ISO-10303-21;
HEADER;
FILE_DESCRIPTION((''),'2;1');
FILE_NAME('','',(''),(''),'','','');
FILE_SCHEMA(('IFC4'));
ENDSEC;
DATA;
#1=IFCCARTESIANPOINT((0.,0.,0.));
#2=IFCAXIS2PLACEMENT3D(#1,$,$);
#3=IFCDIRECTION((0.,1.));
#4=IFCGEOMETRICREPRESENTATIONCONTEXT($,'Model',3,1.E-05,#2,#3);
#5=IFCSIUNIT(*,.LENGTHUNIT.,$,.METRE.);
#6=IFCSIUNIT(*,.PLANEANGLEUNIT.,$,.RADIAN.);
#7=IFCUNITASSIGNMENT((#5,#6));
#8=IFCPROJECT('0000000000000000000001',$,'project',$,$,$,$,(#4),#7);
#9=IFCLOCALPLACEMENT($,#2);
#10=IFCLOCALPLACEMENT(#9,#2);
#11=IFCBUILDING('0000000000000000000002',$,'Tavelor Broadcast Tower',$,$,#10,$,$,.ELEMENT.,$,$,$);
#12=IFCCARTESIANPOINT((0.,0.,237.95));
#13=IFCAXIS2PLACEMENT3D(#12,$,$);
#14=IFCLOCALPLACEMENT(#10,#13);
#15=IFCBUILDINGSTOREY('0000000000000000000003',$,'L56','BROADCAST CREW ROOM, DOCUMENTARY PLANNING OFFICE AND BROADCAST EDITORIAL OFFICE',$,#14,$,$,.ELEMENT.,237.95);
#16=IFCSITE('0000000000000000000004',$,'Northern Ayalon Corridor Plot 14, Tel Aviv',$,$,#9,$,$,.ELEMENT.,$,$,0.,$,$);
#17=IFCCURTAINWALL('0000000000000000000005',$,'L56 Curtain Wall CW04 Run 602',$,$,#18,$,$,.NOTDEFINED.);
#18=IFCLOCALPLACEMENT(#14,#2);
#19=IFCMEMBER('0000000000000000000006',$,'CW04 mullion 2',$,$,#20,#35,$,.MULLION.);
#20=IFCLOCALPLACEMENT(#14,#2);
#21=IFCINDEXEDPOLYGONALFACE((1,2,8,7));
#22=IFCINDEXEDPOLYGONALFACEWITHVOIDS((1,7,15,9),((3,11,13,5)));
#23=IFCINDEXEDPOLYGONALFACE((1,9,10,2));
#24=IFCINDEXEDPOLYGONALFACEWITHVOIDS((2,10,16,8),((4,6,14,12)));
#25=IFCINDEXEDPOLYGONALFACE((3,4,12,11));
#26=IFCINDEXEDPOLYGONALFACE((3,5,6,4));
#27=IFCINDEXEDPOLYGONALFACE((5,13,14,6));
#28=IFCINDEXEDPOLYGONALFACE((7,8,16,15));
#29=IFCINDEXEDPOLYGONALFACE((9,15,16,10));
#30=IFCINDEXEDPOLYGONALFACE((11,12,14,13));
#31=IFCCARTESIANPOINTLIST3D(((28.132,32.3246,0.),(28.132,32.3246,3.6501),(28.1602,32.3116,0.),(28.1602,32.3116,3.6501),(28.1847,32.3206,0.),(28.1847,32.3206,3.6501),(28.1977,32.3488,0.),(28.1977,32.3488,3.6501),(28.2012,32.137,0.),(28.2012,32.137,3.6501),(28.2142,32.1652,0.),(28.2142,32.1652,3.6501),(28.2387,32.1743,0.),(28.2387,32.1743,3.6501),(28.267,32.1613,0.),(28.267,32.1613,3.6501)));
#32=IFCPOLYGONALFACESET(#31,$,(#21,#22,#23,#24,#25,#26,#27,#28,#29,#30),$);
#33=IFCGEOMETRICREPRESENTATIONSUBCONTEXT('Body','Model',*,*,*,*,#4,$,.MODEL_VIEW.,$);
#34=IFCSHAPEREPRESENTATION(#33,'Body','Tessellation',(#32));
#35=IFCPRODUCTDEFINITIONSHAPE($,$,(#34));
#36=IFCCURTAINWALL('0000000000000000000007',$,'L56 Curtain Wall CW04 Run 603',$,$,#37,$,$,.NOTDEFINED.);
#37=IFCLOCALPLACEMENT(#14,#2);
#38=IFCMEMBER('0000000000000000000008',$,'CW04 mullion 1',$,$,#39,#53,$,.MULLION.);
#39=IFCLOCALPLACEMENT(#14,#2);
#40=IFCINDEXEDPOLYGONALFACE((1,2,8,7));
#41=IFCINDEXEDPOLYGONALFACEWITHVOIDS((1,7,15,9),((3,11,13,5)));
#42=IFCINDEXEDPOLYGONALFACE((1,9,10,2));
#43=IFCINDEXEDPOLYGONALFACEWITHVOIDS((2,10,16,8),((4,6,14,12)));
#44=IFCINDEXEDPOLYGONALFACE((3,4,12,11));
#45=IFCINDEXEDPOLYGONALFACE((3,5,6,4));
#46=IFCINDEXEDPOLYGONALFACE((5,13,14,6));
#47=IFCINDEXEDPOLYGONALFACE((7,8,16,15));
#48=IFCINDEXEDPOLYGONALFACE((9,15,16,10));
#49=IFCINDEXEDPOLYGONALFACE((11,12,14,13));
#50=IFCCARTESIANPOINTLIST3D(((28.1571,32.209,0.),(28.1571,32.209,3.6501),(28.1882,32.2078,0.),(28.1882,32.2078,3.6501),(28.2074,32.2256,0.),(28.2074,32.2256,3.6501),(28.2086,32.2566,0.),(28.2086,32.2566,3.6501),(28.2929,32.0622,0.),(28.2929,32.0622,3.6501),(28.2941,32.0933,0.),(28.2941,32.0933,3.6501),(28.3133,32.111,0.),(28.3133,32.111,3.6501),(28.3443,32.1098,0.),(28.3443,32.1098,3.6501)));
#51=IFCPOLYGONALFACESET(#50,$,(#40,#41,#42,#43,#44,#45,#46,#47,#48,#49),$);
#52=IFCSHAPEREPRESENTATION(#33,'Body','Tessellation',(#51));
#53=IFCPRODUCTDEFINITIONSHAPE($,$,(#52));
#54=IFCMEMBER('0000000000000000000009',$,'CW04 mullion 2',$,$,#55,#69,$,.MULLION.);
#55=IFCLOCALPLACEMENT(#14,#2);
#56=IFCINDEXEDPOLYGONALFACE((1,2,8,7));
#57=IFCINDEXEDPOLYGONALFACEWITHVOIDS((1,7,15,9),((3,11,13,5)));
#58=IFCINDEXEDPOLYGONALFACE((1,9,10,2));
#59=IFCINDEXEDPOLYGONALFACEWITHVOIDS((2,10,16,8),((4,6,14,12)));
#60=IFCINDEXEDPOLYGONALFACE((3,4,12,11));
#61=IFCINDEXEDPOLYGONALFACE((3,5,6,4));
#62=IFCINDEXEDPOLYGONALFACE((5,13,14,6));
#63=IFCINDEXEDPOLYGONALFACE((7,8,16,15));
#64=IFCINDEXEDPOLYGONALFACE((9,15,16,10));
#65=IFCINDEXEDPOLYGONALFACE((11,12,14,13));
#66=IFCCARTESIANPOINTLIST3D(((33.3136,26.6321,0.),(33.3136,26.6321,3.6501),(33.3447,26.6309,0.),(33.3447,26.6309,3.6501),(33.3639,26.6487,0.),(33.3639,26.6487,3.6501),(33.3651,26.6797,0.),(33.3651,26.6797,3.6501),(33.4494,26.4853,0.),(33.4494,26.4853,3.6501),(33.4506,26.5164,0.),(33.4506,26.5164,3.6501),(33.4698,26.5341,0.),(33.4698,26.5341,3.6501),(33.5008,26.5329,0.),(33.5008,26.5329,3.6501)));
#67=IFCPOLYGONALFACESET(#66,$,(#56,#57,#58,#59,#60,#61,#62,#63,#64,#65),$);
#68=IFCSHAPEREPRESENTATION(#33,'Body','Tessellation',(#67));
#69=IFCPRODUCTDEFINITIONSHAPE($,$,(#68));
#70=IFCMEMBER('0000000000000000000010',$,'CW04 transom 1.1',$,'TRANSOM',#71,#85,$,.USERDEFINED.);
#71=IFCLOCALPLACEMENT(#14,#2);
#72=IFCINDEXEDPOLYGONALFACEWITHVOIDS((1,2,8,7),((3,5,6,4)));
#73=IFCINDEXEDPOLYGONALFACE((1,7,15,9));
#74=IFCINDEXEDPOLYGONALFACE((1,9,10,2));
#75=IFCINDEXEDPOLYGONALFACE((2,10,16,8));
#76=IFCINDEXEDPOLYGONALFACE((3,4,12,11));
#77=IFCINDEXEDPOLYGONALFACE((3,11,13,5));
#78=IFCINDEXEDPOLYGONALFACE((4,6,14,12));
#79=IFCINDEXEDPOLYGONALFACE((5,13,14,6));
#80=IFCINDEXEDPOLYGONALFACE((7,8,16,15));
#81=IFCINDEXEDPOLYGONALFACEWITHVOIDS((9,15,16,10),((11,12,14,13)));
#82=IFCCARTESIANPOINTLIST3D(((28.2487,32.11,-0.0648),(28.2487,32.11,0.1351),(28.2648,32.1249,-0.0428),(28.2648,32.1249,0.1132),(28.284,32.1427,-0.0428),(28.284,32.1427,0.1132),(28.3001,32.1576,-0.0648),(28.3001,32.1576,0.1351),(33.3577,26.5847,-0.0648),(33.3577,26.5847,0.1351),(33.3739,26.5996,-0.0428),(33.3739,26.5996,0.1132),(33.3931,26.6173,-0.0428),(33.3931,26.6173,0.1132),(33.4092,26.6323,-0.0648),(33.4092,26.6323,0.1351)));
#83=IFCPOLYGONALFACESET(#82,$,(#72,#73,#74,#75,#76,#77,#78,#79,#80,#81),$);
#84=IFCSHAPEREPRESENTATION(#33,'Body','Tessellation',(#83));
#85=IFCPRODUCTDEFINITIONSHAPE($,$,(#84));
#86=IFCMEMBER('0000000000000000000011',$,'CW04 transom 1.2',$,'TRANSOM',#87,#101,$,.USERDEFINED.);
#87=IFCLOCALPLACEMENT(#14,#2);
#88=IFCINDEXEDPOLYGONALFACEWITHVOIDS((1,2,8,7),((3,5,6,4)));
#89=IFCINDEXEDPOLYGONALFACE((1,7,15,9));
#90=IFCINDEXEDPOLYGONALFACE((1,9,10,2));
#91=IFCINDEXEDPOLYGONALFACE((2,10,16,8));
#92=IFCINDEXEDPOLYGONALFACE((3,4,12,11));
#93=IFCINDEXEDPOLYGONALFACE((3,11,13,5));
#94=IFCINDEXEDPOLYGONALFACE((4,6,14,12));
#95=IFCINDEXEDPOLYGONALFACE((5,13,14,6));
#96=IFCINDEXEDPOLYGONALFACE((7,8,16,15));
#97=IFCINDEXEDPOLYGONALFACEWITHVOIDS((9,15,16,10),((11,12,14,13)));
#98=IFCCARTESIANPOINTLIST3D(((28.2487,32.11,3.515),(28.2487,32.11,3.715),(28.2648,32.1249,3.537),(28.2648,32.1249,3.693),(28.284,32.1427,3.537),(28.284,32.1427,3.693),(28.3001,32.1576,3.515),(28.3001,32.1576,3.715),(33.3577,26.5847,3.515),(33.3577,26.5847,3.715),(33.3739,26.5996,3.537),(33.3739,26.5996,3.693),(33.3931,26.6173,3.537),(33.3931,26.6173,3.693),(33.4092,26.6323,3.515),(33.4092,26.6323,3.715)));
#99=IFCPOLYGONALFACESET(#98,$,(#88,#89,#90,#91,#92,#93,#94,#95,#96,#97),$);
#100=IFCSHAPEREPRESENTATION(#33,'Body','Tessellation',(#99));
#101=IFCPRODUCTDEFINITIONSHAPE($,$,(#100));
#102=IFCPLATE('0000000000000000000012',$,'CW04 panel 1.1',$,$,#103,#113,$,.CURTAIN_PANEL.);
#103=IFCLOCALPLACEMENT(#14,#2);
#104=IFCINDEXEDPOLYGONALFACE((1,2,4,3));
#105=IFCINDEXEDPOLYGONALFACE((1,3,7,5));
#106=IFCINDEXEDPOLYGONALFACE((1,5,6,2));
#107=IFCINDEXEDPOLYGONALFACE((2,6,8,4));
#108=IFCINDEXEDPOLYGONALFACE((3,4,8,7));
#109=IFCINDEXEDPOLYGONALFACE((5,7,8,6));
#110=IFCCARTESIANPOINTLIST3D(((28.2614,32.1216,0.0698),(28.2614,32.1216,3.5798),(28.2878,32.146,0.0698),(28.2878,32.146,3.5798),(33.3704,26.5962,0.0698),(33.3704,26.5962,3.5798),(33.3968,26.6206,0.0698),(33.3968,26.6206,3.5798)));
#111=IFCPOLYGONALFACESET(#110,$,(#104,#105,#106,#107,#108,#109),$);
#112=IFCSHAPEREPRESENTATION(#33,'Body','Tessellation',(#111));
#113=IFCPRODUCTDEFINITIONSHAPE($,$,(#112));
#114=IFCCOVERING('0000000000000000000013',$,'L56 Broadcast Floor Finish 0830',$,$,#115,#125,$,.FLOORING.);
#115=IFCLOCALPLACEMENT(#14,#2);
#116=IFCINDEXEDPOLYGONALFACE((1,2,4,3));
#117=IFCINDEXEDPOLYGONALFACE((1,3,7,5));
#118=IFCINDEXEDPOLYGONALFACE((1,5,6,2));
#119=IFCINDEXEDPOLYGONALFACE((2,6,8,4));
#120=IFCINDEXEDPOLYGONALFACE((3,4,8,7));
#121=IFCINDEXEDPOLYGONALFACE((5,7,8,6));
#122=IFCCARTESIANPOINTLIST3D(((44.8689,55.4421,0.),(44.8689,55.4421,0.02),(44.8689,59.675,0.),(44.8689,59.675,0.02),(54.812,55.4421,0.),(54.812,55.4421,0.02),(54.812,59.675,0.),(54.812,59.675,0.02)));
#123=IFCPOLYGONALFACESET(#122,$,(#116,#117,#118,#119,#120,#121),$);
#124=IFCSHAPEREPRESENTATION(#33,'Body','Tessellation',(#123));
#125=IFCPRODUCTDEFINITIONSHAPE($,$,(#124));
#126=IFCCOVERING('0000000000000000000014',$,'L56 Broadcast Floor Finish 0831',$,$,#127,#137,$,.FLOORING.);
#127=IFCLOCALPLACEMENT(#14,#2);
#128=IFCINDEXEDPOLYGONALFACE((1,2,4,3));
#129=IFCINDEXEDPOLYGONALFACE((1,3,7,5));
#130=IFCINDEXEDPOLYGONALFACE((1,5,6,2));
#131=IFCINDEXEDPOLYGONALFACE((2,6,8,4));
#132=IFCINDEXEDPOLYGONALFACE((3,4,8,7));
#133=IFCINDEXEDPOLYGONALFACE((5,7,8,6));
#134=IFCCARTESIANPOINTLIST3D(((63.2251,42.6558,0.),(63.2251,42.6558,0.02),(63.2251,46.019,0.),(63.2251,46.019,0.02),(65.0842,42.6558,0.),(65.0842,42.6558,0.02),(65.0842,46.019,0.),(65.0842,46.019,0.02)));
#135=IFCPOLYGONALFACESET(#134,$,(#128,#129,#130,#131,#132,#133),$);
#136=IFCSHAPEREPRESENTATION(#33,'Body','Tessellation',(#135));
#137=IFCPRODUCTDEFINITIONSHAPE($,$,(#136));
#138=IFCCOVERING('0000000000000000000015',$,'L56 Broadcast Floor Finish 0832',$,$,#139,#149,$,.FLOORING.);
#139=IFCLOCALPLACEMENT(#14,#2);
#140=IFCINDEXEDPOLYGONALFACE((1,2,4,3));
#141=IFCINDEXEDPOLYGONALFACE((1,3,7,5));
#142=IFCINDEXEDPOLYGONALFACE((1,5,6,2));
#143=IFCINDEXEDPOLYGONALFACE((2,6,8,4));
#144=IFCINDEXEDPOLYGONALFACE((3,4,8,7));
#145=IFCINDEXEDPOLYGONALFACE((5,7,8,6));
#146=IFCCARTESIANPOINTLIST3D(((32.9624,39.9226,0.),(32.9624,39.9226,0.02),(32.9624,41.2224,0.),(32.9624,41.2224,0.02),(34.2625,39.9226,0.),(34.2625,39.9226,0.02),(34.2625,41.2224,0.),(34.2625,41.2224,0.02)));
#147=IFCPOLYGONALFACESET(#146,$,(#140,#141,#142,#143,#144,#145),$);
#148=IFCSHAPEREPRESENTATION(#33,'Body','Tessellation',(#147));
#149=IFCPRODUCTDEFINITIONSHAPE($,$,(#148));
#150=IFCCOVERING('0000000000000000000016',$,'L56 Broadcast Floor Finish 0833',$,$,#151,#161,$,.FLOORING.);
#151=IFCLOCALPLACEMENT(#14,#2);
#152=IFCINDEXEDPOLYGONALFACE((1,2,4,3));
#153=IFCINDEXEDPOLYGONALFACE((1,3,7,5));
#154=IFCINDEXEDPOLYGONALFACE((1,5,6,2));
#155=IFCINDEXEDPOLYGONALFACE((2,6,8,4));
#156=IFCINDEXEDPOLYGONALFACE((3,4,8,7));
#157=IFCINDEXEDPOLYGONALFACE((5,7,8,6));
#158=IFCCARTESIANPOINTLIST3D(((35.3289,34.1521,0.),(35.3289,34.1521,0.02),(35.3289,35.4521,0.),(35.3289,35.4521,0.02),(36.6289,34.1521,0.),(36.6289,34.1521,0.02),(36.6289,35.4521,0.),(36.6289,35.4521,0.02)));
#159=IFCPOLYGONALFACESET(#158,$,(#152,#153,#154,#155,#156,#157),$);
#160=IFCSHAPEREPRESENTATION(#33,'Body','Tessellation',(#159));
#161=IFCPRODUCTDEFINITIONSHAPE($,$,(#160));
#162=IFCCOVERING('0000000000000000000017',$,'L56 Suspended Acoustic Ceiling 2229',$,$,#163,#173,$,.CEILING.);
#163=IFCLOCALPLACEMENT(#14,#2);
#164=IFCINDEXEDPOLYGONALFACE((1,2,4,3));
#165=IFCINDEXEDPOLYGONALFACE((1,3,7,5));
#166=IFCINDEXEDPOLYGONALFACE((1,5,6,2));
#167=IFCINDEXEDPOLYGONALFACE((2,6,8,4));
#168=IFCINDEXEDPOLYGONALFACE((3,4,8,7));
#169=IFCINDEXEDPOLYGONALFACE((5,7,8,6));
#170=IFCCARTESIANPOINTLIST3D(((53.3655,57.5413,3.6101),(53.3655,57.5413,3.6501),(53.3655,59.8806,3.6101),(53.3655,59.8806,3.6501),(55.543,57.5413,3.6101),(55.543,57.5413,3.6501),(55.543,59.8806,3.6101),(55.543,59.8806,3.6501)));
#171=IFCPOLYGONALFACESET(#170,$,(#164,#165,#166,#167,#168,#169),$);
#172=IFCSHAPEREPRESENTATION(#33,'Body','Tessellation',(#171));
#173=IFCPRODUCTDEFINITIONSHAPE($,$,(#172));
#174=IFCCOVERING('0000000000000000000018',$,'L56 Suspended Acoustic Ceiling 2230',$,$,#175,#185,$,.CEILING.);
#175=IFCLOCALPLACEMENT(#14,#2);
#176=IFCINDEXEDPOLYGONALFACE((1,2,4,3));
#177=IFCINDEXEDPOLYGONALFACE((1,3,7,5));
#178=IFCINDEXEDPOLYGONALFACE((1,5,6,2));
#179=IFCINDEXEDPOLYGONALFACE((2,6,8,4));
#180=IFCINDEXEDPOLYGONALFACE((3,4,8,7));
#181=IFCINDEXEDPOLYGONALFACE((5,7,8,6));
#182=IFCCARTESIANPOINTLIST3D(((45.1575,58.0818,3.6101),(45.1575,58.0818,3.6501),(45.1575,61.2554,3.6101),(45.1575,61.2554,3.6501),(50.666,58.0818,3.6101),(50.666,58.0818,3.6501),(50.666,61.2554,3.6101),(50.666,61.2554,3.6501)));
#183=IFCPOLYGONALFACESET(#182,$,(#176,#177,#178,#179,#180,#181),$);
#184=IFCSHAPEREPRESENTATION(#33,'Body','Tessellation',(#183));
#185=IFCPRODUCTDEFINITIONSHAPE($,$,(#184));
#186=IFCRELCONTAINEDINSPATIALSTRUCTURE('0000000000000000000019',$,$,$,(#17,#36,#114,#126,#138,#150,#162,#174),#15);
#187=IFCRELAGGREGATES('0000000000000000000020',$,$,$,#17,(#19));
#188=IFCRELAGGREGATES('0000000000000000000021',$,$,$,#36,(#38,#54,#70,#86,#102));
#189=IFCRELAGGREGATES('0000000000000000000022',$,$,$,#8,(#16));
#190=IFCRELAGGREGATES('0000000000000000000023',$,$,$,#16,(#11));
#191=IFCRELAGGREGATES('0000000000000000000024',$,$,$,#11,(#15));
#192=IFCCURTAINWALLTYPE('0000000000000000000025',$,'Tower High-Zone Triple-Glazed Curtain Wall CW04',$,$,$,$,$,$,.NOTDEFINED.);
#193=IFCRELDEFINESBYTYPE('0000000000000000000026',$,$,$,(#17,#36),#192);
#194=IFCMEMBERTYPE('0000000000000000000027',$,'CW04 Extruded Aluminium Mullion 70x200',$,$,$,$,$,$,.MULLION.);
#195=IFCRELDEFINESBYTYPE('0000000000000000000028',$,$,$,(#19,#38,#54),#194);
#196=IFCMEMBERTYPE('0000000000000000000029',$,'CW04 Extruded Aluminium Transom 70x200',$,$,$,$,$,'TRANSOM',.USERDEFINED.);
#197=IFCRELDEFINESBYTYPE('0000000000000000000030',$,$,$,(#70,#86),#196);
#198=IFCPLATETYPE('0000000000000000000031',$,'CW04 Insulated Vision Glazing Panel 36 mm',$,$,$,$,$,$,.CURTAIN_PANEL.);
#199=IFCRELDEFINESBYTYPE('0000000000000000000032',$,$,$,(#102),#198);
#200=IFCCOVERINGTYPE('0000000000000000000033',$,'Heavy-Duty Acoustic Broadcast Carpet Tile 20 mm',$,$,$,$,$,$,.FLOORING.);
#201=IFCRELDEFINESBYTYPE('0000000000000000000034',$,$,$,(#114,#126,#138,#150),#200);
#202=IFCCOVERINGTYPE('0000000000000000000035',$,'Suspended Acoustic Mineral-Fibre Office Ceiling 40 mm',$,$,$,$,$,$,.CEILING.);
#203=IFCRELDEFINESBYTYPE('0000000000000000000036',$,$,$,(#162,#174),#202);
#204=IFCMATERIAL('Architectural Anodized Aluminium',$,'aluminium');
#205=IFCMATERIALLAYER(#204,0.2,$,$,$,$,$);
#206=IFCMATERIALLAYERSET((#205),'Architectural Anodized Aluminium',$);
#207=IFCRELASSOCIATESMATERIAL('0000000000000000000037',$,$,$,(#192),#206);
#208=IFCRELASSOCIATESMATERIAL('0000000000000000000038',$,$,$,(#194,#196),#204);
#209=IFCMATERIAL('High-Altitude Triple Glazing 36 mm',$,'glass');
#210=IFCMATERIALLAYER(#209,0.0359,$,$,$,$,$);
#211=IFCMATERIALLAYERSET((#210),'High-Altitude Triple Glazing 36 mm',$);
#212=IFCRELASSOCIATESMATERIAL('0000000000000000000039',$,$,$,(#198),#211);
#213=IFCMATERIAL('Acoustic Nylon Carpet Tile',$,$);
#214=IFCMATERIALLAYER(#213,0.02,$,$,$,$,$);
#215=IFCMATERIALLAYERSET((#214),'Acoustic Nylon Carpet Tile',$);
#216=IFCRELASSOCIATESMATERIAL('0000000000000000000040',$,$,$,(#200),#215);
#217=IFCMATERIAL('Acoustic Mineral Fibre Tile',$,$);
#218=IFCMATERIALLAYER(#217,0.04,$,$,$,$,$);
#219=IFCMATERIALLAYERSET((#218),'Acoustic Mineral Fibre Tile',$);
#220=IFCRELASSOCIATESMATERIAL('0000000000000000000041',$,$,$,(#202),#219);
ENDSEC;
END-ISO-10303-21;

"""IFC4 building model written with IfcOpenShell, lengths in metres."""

from ifc_helpers import new_model, si_unit, direction, frame, origin, origin_2d, place, context, subcontext, project, spatial, polyline, rectangle, hollow_rectangle, outline, extrude, source, transform, mapped, material, layer, layer_set, material_profile, profile_set, type_object, type_shapes, element, aggregate, save


model = new_model("IFC4")

# Units and contexts
model_context = context("Model", 3, precision=1e-05, world=origin(), true_north=direction((0.0, 1.0)))
body_context = subcontext(model_context, "Body", "Model", "MODEL_VIEW")
ifc_project = project(units=[si_unit("LENGTHUNIT", "METRE"), si_unit("PLANEANGLEUNIT", "RADIAN")], contexts=[model_context])

# Site, building, storey
site_placement = place(None, origin())
site = spatial("IfcSite", under=ifc_project, at=site_placement, Name="Northern Ayalon Corridor Plot 14, Tel Aviv", CompositionType="ELEMENT", RefElevation=0.0)
building_placement = place(site_placement, origin())
building = spatial("IfcBuilding", under=site, at=building_placement, Name="Tavelor Broadcast Tower", CompositionType="ELEMENT")
storey_placement = place(building_placement, frame((0.0, 0.0, 237.95)))
storey = spatial("IfcBuildingStorey", under=building, at=storey_placement, Name="L56", Description="BROADCAST CREW ROOM, DOCUMENTARY PLANNING OFFICE AND BROADCAST EDITORIAL OFFICE", CompositionType="ELEMENT", Elevation=237.95)

# Curtain wall, member
ifc_material_1 = material(Name="Architectural Anodized Aluminium", Category="aluminium")
ifc_layer_1 = layer(ifc_material_1, 0.2)
ifc_layer_set_1 = layer_set([ifc_layer_1], Name="Architectural Anodized Aluminium")
curtain_wall_type = type_object("IfcCurtainWallType", Name="Tower High-Zone Triple-Glazed Curtain Wall CW04", PredefinedType="NOTDEFINED", material=ifc_layer_set_1)
curtain_wall_1_placement = place(storey_placement, origin())
curtain_wall_1 = element("IfcCurtainWall", 1, at=curtain_wall_1_placement, inside=storey, type_object=curtain_wall_type, Name="L56 Curtain Wall CW04 Run 602", PredefinedType="NOTDEFINED")
ifc_material_profile_1 = material_profile(ifc_material_1, hollow_rectangle(XDim=0.0701, YDim=0.2, WallThickness=0.022, at=origin_2d()), Name="RHS 70x200x22")
ifc_profile_set_1 = profile_set([ifc_material_profile_1], Name="Architectural Anodized Aluminium")
member_type_1 = type_object("IfcMemberType", Name="CW04 Extruded Aluminium Mullion 70x200", PredefinedType="MULLION", material=ifc_profile_set_1)
shared_shape_1 = source(origin(), body_context, "Body", "SweptSolid", [
    extrude(hollow_rectangle(XDim=0.0701, YDim=0.2, WallThickness=0.022, at=origin_2d()), origin(), (0.0, 0.0, 1.0), 3.6501),
])
type_shapes(member_type_1, [shared_shape_1])
member_1_placement = place(storey_placement, frame((28.1995, 32.2429, 0.0), z_axis=(0.0, 0.0, 1.0), x_axis=(0.938041, 0.346525, 0.0)))
member_1 = element("IfcMember", 2, at=member_1_placement, type_object=member_type_1, Name="CW04 mullion 2", PredefinedType="MULLION", context=body_context, shape_type="MappedRepresentation", body=[
    mapped(shared_shape_1, transform((0.0, 0.0, 0.0), scale=1.0)),
])
aggregate(curtain_wall_1, [member_1])

# Curtain wall, members, plate
curtain_wall_2_placement = place(storey_placement, origin())
curtain_wall_2 = element("IfcCurtainWall", 3, at=curtain_wall_2_placement, inside=storey, type_object=curtain_wall_type, Name="L56 Curtain Wall CW04 Run 603", PredefinedType="NOTDEFINED")
member_2_placement = place(storey_placement, frame((28.2507, 32.1594, 0.0), z_axis=(0.0, 0.0, 1.0), x_axis=(0.734229, 0.678902, 0.0)))
member_2 = element("IfcMember", 4, at=member_2_placement, type_object=member_type_1, Name="CW04 mullion 1", PredefinedType="MULLION", context=body_context, shape_type="MappedRepresentation", body=[
    mapped(shared_shape_1, transform((0.0, 0.0, 0.0), scale=1.0)),
])
member_3_placement = place(storey_placement, frame((33.4072, 26.5825, 0.0), z_axis=(0.0, 0.0, 1.0), x_axis=(0.734229, 0.678902, 0.0)))
member_3 = element("IfcMember", 5, at=member_3_placement, type_object=member_type_1, Name="CW04 mullion 2", PredefinedType="MULLION", context=body_context, shape_type="MappedRepresentation", body=[
    mapped(shared_shape_1, transform((0.0, 0.0, 0.0), scale=1.0)),
])
ifc_material_profile_2 = material_profile(ifc_material_1, hollow_rectangle(XDim=0.0701, YDim=0.2, WallThickness=0.022, at=origin_2d()), Name="RHS 70x200x22")
ifc_profile_set_2 = profile_set([ifc_material_profile_2], Name="Architectural Anodized Aluminium")
member_type_2 = type_object("IfcMemberType", Name="CW04 Extruded Aluminium Transom 70x200", ElementType="TRANSOM", PredefinedType="USERDEFINED", material=ifc_profile_set_2)
shared_shape_2 = source(origin(), body_context, "Body", "SweptSolid", [
    extrude(hollow_rectangle(XDim=0.0701, YDim=0.2, WallThickness=0.022, at=origin_2d()), origin(), (0.0, 0.0, 1.0), 7.5254),
])
type_shapes(member_type_2, [shared_shape_2])
member_4_placement = place(storey_placement, frame((28.2744, 32.1338, 0.0352), z_axis=(0.678909, -0.734222, 0.0), x_axis=(0.734222, 0.678909, 0.0)))
member_4 = element("IfcMember", 6, at=member_4_placement, type_object=member_type_2, Name="CW04 transom 1.1", ObjectType="TRANSOM", PredefinedType="USERDEFINED", context=body_context, shape_type="MappedRepresentation", body=[
    mapped(shared_shape_2, transform((0.0, 0.0, 0.0), scale=1.0)),
])
member_5_placement = place(storey_placement, frame((28.2744, 32.1338, 3.615), z_axis=(0.678909, -0.734222, 0.0), x_axis=(0.734222, 0.678909, 0.0)))
member_5 = element("IfcMember", 7, at=member_5_placement, type_object=member_type_2, Name="CW04 transom 1.2", ObjectType="TRANSOM", PredefinedType="USERDEFINED", context=body_context, shape_type="MappedRepresentation", body=[
    mapped(shared_shape_2, transform((0.0, 0.0, 0.0), scale=1.0)),
])
ifc_material_2 = material(Name="High-Altitude Triple Glazing 36 mm", Category="glass")
ifc_layer_2 = layer(ifc_material_2, 0.0359)
ifc_layer_set_2 = layer_set([ifc_layer_2], Name="High-Altitude Triple Glazing 36 mm")
plate_type = type_object("IfcPlateType", Name="CW04 Insulated Vision Glazing Panel 36 mm", PredefinedType="CURTAIN_PANEL", material=ifc_layer_set_2)
shared_shape_3 = source(origin(), body_context, "Body", "SweptSolid", [
    extrude(rectangle(XDim=7.5254, YDim=0.0359, at=origin_2d()), origin(), (0.0, 0.0, 1.0), 3.51),
])
type_shapes(plate_type, [shared_shape_3])
plate_placement = place(storey_placement, frame((30.8291, 29.3711, 0.0698), z_axis=(0.0, 0.0, 1.0), x_axis=(0.678902, -0.734229, 0.0)))
plate = element("IfcPlate", 8, at=plate_placement, type_object=plate_type, Name="CW04 panel 1.1", PredefinedType="CURTAIN_PANEL", context=body_context, shape_type="MappedRepresentation", body=[
    mapped(shared_shape_3, transform((0.0, 0.0, 0.0), scale=1.0)),
])
aggregate(curtain_wall_2, [member_2, member_3, member_4, member_5, plate])

# Coverings
ifc_material_3 = material(Name="Acoustic Nylon Carpet Tile")
ifc_layer_3 = layer(ifc_material_3, 0.02)
ifc_layer_set_3 = layer_set([ifc_layer_3], Name="Acoustic Nylon Carpet Tile")
covering_type_1 = type_object("IfcCoveringType", Name="Heavy-Duty Acoustic Broadcast Carpet Tile 20 mm", PredefinedType="FLOORING", material=ifc_layer_set_3)
covering_1_placement = place(storey_placement, origin())
element("IfcCovering", 9, at=covering_1_placement, inside=storey, type_object=covering_type_1, Name="L56 Broadcast Floor Finish 0830", PredefinedType="FLOORING", context=body_context, shape_type="SweptSolid", body=[
    extrude(outline(polyline([(44.8689, 55.4421), (54.812, 55.4421), (54.812, 59.675), (44.8689, 59.675), (44.8689, 55.4421)])), origin(), (0.0, 0.0, 1.0), 0.02),
])
covering_2_placement = place(storey_placement, origin())
element("IfcCovering", 10, at=covering_2_placement, inside=storey, type_object=covering_type_1, Name="L56 Broadcast Floor Finish 0831", PredefinedType="FLOORING", context=body_context, shape_type="SweptSolid", body=[
    extrude(outline(polyline([(63.2251, 42.6558), (65.0842, 42.6558), (65.0842, 46.019), (63.2251, 46.019), (63.2251, 42.6558)])), origin(), (0.0, 0.0, 1.0), 0.02),
])
covering_3_placement = place(storey_placement, origin())
element("IfcCovering", 11, at=covering_3_placement, inside=storey, type_object=covering_type_1, Name="L56 Broadcast Floor Finish 0832", PredefinedType="FLOORING", context=body_context, shape_type="SweptSolid", body=[
    extrude(outline(polyline([(32.9624, 39.9226), (34.2625, 39.9226), (34.2625, 41.2224), (32.9624, 41.2224), (32.9624, 39.9226)])), origin(), (0.0, 0.0, 1.0), 0.02),
])
covering_4_placement = place(storey_placement, origin())
element("IfcCovering", 12, at=covering_4_placement, inside=storey, type_object=covering_type_1, Name="L56 Broadcast Floor Finish 0833", PredefinedType="FLOORING", context=body_context, shape_type="SweptSolid", body=[
    extrude(outline(polyline([(35.3289, 34.1521), (36.6289, 34.1521), (36.6289, 35.4521), (35.3289, 35.4521), (35.3289, 34.1521)])), origin(), (0.0, 0.0, 1.0), 0.02),
])
ifc_material_4 = material(Name="Acoustic Mineral Fibre Tile")
ifc_layer_4 = layer(ifc_material_4, 0.04)
ifc_layer_set_4 = layer_set([ifc_layer_4], Name="Acoustic Mineral Fibre Tile")
covering_type_2 = type_object("IfcCoveringType", Name="Suspended Acoustic Mineral-Fibre Office Ceiling 40 mm", PredefinedType="CEILING", material=ifc_layer_set_4)
covering_5_placement = place(storey_placement, frame((0.0, 0.0, 3.6101)))
element("IfcCovering", 13, at=covering_5_placement, inside=storey, type_object=covering_type_2, Name="L56 Suspended Acoustic Ceiling 2229", PredefinedType="CEILING", context=body_context, shape_type="SweptSolid", body=[
    extrude(outline(polyline([(53.3655, 57.5413), (55.543, 57.5413), (55.543, 59.8806), (53.3655, 59.8806), (53.3655, 57.5413)])), origin(), (0.0, 0.0, 1.0), 0.04),
])
covering_6_placement = place(storey_placement, frame((0.0, 0.0, 3.6101)))
element("IfcCovering", 14, at=covering_6_placement, inside=storey, type_object=covering_type_2, Name="L56 Suspended Acoustic Ceiling 2230", PredefinedType="CEILING", context=body_context, shape_type="SweptSolid", body=[
    extrude(outline(polyline([(45.1575, 58.0818), (50.666, 58.0818), (50.666, 61.2554), (45.1575, 61.2554), (45.1575, 58.0818)])), origin(), (0.0, 0.0, 1.0), 0.04),
])

save(model, "model.ifc")
